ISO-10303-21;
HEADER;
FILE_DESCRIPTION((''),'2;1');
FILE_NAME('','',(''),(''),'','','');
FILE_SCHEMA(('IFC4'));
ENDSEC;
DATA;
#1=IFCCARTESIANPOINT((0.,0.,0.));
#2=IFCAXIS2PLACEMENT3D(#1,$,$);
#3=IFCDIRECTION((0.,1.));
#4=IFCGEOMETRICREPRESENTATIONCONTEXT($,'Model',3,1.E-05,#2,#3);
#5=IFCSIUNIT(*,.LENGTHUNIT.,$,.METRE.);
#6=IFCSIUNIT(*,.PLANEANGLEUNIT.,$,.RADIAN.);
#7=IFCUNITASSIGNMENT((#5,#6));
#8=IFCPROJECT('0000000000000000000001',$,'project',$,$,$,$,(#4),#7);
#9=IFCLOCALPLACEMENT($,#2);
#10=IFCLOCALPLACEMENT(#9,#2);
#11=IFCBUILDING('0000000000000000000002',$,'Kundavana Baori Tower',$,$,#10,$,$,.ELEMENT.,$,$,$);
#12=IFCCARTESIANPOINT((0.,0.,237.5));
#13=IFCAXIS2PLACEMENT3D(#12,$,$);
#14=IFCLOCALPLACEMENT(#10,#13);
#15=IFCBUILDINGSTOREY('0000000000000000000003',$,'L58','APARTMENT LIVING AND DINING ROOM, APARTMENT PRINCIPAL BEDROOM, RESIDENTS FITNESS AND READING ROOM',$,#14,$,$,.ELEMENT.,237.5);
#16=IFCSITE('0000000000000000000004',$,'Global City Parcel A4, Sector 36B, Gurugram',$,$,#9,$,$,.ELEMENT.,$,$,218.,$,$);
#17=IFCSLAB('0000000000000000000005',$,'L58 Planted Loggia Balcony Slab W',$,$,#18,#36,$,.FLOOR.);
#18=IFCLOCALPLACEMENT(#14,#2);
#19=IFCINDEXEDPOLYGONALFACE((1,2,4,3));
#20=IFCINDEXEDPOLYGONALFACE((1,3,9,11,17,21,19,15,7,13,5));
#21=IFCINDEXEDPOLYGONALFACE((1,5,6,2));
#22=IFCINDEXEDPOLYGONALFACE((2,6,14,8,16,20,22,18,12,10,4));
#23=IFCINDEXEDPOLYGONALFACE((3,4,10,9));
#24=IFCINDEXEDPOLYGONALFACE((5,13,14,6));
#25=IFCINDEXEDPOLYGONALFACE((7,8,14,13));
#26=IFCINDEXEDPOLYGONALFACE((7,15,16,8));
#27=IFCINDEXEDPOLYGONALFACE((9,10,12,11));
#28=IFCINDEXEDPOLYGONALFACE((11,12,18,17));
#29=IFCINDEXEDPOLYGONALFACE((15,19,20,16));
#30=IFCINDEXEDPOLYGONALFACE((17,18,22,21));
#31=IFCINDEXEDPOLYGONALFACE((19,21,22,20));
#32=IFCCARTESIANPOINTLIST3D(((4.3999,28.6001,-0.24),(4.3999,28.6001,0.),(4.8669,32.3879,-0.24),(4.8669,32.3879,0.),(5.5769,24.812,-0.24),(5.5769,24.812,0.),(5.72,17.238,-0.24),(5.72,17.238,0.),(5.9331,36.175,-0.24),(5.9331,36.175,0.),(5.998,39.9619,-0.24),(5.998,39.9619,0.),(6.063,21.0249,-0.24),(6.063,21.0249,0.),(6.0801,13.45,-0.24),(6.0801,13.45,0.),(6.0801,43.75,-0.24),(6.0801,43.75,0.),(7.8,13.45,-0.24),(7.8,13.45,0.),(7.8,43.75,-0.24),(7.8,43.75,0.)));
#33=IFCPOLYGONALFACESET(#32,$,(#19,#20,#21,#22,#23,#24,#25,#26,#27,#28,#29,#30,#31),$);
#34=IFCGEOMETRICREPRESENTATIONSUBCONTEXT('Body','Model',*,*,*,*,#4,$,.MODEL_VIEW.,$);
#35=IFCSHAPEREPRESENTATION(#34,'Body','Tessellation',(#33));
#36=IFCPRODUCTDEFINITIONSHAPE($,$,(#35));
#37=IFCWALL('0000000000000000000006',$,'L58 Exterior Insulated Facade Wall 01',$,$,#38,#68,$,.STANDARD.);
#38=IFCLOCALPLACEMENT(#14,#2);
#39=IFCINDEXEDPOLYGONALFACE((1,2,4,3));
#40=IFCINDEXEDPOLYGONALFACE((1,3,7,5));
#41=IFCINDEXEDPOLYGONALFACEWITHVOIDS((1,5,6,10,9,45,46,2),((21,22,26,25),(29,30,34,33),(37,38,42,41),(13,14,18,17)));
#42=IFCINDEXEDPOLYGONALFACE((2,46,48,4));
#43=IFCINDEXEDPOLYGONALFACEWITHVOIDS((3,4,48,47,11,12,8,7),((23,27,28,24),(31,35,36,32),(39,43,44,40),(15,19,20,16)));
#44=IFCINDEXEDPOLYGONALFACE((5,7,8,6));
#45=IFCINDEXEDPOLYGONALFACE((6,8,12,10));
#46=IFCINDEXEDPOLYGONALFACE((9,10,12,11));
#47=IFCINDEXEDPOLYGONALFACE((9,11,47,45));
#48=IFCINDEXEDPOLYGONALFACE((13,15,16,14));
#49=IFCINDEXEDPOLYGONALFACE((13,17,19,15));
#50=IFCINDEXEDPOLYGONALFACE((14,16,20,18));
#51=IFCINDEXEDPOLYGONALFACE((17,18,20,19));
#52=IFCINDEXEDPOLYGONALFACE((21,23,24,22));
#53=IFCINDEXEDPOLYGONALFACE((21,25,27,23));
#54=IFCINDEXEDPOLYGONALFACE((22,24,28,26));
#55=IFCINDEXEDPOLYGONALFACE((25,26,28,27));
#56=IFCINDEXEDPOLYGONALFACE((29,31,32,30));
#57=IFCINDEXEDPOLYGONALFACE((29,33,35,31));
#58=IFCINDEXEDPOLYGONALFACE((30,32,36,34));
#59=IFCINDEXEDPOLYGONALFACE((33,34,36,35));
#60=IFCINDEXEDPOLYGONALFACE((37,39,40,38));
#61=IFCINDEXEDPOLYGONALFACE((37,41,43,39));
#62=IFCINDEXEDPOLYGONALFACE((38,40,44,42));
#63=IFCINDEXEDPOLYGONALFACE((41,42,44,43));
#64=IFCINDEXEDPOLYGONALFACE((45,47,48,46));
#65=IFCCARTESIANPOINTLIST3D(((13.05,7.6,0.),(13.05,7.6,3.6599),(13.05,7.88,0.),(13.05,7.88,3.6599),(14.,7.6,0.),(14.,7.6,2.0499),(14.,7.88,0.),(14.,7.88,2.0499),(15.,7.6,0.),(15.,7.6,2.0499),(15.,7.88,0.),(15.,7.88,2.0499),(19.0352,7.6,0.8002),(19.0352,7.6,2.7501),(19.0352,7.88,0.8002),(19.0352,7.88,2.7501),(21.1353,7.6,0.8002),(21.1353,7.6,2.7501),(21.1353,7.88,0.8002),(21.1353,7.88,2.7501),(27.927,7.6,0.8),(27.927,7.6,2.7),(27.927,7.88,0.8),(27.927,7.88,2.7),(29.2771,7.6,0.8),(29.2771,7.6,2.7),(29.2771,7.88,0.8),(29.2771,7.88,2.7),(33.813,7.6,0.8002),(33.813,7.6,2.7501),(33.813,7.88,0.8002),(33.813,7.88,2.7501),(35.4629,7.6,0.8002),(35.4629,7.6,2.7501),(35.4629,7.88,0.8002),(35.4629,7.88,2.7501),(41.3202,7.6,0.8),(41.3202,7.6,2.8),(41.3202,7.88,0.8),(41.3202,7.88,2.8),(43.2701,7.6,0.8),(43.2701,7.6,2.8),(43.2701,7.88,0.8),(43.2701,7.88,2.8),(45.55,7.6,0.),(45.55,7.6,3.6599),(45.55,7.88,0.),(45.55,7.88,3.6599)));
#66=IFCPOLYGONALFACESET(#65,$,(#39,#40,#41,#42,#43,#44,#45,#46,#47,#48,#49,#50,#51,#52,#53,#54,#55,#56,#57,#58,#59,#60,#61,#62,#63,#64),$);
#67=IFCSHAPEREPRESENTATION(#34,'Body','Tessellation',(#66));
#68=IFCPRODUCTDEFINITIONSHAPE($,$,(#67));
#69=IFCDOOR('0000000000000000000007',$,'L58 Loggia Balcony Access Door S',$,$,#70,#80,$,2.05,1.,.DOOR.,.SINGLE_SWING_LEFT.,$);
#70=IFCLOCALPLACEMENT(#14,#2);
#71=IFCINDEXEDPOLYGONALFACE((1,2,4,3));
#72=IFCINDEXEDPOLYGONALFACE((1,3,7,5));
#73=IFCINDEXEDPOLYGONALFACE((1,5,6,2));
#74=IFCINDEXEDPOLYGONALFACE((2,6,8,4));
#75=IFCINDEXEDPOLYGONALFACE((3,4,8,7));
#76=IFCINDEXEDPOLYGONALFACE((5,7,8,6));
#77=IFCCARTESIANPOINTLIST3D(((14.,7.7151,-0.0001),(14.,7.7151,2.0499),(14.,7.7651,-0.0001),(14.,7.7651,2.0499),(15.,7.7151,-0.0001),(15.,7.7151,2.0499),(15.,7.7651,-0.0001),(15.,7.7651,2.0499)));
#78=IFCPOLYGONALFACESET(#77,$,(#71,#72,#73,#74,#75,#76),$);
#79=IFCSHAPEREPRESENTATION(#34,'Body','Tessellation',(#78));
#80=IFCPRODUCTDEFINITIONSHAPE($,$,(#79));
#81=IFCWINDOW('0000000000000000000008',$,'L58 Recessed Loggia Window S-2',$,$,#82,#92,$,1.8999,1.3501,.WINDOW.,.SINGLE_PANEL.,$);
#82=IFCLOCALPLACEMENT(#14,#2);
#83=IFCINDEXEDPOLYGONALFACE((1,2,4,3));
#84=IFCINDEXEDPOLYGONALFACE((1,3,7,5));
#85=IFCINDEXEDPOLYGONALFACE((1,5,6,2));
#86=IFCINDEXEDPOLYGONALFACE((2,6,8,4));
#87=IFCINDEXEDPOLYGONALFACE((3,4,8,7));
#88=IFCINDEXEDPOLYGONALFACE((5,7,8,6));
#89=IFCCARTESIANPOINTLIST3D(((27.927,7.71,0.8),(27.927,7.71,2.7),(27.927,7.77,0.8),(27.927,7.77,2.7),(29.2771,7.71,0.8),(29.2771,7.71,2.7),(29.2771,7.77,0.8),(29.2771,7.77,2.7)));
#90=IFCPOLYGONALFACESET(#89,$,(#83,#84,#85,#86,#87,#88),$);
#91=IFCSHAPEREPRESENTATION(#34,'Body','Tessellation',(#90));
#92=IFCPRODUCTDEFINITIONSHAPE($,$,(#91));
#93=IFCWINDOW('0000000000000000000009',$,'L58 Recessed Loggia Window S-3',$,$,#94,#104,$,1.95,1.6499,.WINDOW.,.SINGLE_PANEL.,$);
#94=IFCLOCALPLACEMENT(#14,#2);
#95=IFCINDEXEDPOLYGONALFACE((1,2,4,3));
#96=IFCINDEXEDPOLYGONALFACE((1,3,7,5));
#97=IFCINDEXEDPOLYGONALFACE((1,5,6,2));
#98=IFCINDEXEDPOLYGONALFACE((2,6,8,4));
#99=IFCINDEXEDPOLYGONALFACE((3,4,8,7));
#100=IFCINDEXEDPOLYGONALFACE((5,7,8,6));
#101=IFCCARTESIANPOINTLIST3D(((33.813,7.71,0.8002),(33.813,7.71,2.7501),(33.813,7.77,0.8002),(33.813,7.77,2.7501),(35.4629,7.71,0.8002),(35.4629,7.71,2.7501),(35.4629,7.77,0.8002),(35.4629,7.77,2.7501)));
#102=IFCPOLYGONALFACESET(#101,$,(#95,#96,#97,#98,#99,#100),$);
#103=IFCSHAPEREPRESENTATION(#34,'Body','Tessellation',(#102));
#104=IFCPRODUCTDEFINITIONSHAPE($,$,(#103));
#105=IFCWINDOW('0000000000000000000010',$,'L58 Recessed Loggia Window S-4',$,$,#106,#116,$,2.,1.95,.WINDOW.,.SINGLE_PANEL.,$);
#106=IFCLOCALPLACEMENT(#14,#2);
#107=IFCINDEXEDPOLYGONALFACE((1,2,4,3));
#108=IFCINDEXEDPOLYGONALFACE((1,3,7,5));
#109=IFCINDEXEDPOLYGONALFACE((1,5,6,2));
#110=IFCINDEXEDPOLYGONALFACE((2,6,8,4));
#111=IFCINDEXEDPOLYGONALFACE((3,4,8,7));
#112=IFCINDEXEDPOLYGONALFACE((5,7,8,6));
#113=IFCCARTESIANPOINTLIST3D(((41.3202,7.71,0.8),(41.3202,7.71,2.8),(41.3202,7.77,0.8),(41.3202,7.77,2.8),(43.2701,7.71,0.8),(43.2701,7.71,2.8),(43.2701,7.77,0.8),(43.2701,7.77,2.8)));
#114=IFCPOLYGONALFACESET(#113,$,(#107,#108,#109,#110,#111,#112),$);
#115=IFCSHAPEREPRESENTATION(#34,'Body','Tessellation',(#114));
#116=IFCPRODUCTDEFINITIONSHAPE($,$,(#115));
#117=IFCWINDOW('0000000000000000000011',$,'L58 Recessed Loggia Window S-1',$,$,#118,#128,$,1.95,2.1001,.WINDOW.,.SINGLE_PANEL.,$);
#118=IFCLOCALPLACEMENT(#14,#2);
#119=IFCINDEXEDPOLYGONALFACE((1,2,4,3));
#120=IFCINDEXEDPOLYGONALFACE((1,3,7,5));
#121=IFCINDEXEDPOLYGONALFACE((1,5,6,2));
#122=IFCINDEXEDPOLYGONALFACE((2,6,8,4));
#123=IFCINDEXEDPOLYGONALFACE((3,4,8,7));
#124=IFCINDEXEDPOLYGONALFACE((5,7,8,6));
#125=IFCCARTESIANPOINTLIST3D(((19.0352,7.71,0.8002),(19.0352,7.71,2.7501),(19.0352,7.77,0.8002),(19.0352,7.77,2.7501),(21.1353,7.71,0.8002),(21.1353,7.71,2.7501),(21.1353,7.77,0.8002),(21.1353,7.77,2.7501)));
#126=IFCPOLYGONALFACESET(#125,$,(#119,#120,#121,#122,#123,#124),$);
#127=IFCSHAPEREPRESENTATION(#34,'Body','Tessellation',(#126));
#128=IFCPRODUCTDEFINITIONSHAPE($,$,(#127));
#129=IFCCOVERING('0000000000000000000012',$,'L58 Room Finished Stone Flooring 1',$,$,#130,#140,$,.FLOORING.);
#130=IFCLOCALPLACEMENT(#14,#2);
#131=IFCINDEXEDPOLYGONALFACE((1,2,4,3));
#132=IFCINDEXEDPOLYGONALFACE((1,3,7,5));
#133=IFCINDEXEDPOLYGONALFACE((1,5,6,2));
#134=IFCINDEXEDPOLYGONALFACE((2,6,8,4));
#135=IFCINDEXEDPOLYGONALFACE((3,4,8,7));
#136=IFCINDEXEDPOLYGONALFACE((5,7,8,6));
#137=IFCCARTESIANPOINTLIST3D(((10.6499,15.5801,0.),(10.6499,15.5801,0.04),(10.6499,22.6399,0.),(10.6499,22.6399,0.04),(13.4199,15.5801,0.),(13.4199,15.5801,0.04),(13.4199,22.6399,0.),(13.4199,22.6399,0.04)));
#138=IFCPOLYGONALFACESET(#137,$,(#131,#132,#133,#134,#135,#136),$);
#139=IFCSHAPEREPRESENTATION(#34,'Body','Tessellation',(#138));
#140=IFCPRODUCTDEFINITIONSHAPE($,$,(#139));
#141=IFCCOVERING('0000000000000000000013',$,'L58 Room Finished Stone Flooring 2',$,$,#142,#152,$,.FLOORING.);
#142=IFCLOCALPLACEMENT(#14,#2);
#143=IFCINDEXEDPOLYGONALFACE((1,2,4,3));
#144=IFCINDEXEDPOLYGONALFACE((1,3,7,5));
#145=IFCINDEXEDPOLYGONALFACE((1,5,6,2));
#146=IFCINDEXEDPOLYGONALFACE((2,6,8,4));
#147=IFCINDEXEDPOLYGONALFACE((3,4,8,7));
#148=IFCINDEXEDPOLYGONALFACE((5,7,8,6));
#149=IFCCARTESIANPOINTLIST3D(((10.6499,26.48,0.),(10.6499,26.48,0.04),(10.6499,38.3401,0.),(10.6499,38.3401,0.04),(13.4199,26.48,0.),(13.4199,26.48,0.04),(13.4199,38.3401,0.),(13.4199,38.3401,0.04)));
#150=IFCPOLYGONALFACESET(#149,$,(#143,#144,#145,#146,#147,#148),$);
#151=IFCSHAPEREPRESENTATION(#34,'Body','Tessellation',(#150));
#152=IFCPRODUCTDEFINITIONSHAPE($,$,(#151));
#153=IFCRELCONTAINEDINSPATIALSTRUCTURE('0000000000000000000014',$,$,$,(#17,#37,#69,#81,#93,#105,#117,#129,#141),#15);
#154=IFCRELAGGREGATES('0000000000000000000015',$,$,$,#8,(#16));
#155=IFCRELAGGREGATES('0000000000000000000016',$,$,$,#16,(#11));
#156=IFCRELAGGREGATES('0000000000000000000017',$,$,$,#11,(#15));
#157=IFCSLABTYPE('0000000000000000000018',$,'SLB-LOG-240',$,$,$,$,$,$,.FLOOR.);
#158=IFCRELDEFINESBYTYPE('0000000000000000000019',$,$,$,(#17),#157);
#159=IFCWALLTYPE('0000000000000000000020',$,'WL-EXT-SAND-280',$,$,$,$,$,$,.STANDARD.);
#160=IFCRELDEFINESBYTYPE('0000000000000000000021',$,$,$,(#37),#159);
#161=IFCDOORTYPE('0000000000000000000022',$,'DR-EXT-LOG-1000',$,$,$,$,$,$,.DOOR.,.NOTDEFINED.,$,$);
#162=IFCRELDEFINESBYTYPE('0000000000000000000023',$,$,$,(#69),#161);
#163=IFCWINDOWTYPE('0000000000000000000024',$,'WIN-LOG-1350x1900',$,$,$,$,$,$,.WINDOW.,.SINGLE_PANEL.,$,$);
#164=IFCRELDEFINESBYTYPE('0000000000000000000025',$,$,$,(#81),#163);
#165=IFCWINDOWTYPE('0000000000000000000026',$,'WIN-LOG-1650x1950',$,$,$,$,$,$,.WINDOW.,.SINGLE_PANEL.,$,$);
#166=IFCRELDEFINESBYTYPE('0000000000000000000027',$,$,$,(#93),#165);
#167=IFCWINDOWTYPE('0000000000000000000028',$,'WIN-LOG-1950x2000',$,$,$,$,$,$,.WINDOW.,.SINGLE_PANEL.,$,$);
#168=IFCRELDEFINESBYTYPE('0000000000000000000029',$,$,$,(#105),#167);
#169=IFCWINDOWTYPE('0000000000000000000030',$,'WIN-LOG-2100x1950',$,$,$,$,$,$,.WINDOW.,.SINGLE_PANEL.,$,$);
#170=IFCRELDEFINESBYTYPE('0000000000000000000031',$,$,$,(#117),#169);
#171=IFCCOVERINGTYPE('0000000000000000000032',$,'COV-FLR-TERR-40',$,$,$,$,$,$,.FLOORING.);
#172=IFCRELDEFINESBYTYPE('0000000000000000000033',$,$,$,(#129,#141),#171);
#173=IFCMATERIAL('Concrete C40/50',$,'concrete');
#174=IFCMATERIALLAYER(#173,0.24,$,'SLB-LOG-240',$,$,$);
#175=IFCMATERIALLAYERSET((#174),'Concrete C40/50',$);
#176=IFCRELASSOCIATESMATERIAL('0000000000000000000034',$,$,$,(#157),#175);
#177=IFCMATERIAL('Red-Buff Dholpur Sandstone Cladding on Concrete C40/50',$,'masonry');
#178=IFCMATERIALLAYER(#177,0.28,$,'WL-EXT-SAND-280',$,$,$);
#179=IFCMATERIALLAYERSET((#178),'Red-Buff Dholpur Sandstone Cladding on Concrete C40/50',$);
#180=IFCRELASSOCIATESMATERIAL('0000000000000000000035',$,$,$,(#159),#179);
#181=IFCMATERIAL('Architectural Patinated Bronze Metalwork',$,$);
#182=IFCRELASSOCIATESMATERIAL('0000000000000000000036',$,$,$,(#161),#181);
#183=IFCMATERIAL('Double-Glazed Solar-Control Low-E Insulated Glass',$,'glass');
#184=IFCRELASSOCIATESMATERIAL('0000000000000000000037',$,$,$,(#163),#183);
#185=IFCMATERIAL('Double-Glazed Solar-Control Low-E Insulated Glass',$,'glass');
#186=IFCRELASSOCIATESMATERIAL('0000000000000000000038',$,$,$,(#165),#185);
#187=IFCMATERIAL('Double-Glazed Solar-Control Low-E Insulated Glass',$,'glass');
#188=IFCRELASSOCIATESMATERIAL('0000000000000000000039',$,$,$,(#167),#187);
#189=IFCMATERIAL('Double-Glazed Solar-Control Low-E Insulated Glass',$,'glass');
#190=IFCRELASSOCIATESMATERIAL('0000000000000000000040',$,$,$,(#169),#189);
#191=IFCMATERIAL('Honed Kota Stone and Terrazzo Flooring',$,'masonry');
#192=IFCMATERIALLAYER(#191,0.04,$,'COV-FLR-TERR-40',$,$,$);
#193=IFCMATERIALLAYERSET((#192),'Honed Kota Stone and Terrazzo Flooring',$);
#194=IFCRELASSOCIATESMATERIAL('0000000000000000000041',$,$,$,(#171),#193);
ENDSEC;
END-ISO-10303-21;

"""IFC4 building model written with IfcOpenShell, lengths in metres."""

from ifc_helpers import new_model, si_unit, direction, frame, frame_2d, origin, place, context, subcontext, project, spatial, polyline, rectangle, outline, extrude, material, layer, layer_set, type_object, element, fill, save


model = new_model("IFC4")

# Units and contexts
model_context = context("Model", 3, precision=1e-05, world=origin(), true_north=direction((0.0, 1.0)))
body_context = subcontext(model_context, "Body", "Model", "MODEL_VIEW")
ifc_project = project(units=[si_unit("LENGTHUNIT", "METRE"), si_unit("PLANEANGLEUNIT", "RADIAN")], contexts=[model_context])

# Site, building, storey
site_placement = place(None, origin())
site = spatial("IfcSite", under=ifc_project, at=site_placement, Name="Global City Parcel A4, Sector 36B, Gurugram", CompositionType="ELEMENT", RefElevation=218.0)
building_placement = place(site_placement, origin())
building = spatial("IfcBuilding", under=site, at=building_placement, Name="Kundavana Baori Tower", CompositionType="ELEMENT")
storey_placement = place(building_placement, frame((0.0, 0.0, 237.5)))
storey = spatial("IfcBuildingStorey", under=building, at=storey_placement, Name="L58", Description="APARTMENT LIVING AND DINING ROOM, APARTMENT PRINCIPAL BEDROOM, RESIDENTS FITNESS AND READING ROOM", CompositionType="ELEMENT", Elevation=237.5)

# Slab
ifc_material_1 = material(Name="Concrete C40/50", Category="concrete")
ifc_layer_1 = layer(ifc_material_1, 0.24, Name="SLB-LOG-240")
ifc_layer_set_1 = layer_set([ifc_layer_1], Name="Concrete C40/50")
slab_type_1 = type_object("IfcSlabType", Name="SLB-LOG-240", PredefinedType="FLOOR", material=ifc_layer_set_1)
slab_1_placement = place(storey_placement, frame((0.0, 0.0, -0.24)))
element("IfcSlab", 1, at=slab_1_placement, inside=storey, type_object=slab_type_1, Name="L58 Planted Loggia Balcony Slab W", PredefinedType="FLOOR", context=body_context, shape_type="SweptSolid", body=[
    extrude(outline(polyline([(7.8, 43.75), (7.8, 13.45), (6.0801, 13.45), (5.72, 17.238), (6.063, 21.0249), (5.5769, 24.812), (4.3999, 28.6001), (4.8669, 32.3879), (5.9331, 36.175), (5.998, 39.9619), (6.0801, 43.75), (7.8, 43.75)])), origin(), (0.0, 0.0, 1.0), 0.24),
])

# Wall, openings, door, windows
ifc_material_2 = material(Name="Red-Buff Dholpur Sandstone Cladding on Concrete C40/50", Category="masonry")
ifc_layer_2 = layer(ifc_material_2, 0.28, Name="WL-EXT-SAND-280")
ifc_layer_set_2 = layer_set([ifc_layer_2], Name="Red-Buff Dholpur Sandstone Cladding on Concrete C40/50")
wall_type = type_object("IfcWallType", Name="WL-EXT-SAND-280", PredefinedType="STANDARD", material=ifc_layer_set_2)
wall_placement = place(storey_placement, frame((13.05, 7.74, 0.0), z_axis=(0.0, 0.0, 1.0), x_axis=(1.0, 0.0, 0.0)))
wall = element("IfcWall", 2, at=wall_placement, inside=storey, type_object=wall_type, Name="L58 Exterior Insulated Facade Wall 01", PredefinedType="STANDARD", context=body_context, shape_type="SweptSolid", body=[
    extrude(rectangle(XDim=32.5, YDim=0.28, at=frame_2d((16.25, 0.0))), origin(), (0.0, 0.0, 1.0), 3.6599),
])
opening_1_placement = place(wall_placement, frame((0.95, 0.0, 0.0)))
opening_1 = element("IfcOpeningElement", 3, at=opening_1_placement, cuts=wall, PredefinedType="OPENING", context=body_context, shape_type="SweptSolid", body=[
    extrude(rectangle(XDim=1.0, YDim=2.05, at=frame_2d((0.5, 1.0249))), frame((0.0, 0.1499, 0.0), z_axis=(0.0, -1.0, 0.0), x_axis=(1.0, 0.0, 0.0)), (0.0, 0.0, 1.0), 0.3),
])
opening_2_placement = place(wall_placement, frame((5.9851, 0.0, 0.8)))
opening_2 = element("IfcOpeningElement", 4, at=opening_2_placement, cuts=wall, PredefinedType="OPENING", context=body_context, shape_type="SweptSolid", body=[
    extrude(rectangle(XDim=2.1001, YDim=1.95, at=frame_2d((1.05, 0.9751))), frame((0.0, 0.1499, 0.0), z_axis=(0.0, -1.0, 0.0), x_axis=(1.0, 0.0, 0.0)), (0.0, 0.0, 1.0), 0.3),
])
opening_3_placement = place(wall_placement, frame((14.877, 0.0, 0.8)))
opening_3 = element("IfcOpeningElement", 5, at=opening_3_placement, cuts=wall, PredefinedType="OPENING", context=body_context, shape_type="SweptSolid", body=[
    extrude(rectangle(XDim=1.3501, YDim=1.8999, at=frame_2d((0.675, 0.95))), frame((0.0, 0.1499, 0.0), z_axis=(0.0, -1.0, 0.0), x_axis=(1.0, 0.0, 0.0)), (0.0, 0.0, 1.0), 0.3),
])
opening_4_placement = place(wall_placement, frame((20.7629, 0.0, 0.8)))
opening_4 = element("IfcOpeningElement", 6, at=opening_4_placement, cuts=wall, PredefinedType="OPENING", context=body_context, shape_type="SweptSolid", body=[
    extrude(rectangle(XDim=1.6499, YDim=1.95, at=frame_2d((0.825, 0.9751))), frame((0.0, 0.1499, 0.0), z_axis=(0.0, -1.0, 0.0), x_axis=(1.0, 0.0, 0.0)), (0.0, 0.0, 1.0), 0.3),
])
opening_5_placement = place(wall_placement, frame((28.27, 0.0, 0.8)))
opening_5 = element("IfcOpeningElement", 7, at=opening_5_placement, cuts=wall, PredefinedType="OPENING", context=body_context, shape_type="SweptSolid", body=[
    extrude(rectangle(XDim=1.95, YDim=2.0, at=frame_2d((0.9751, 1.0))), frame((0.0, 0.1499, 0.0), z_axis=(0.0, -1.0, 0.0), x_axis=(1.0, 0.0, 0.0)), (0.0, 0.0, 1.0), 0.3),
])
ifc_material_3 = material(Name="Architectural Patinated Bronze Metalwork")
door_type = type_object("IfcDoorType", Name="DR-EXT-LOG-1000", OperationType="NOTDEFINED", PredefinedType="DOOR", material=ifc_material_3)
door_placement = place(opening_1_placement, frame((1.0, 0.0, 0.0), z_axis=(0.0, 0.0, 1.0), x_axis=(-1.0, 0.0, 0.0)))
door = element("IfcDoor", 8, at=door_placement, inside=storey, type_object=door_type, Name="L58 Loggia Balcony Access Door S", OperationType="SINGLE_SWING_LEFT", OverallHeight=2.05, OverallWidth=1.0, PredefinedType="DOOR", context=body_context, shape_type="SweptSolid", body=[
    extrude(rectangle(XDim=1.0, YDim=2.05, at=frame_2d((0.5, 1.0249))), frame((0.0, 0.0249, 0.0), z_axis=(0.0, -1.0, 0.0), x_axis=(1.0, 0.0, 0.0)), (0.0, 0.0, 1.0), 0.05),
])
fill(opening_1, door)
ifc_material_4 = material(Name="Double-Glazed Solar-Control Low-E Insulated Glass", Category="glass")
window_type_1 = type_object("IfcWindowType", Name="WIN-LOG-1350x1900", PartitioningType="SINGLE_PANEL", PredefinedType="WINDOW", material=ifc_material_4)
window_1_placement = place(opening_3_placement, origin())
window_1 = element("IfcWindow", 9, at=window_1_placement, inside=storey, type_object=window_type_1, Name="L58 Recessed Loggia Window S-2", OverallHeight=1.8999, OverallWidth=1.3501, PartitioningType="SINGLE_PANEL", PredefinedType="WINDOW", context=body_context, shape_type="SweptSolid", body=[
    extrude(rectangle(XDim=1.3501, YDim=1.8999, at=frame_2d((0.675, 0.95))), frame((0.0, 0.03, 0.0), z_axis=(0.0, -1.0, 0.0), x_axis=(1.0, 0.0, 0.0)), (0.0, 0.0, 1.0), 0.0601),
])
fill(opening_3, window_1)
ifc_material_5 = material(Name="Double-Glazed Solar-Control Low-E Insulated Glass", Category="glass")
window_type_2 = type_object("IfcWindowType", Name="WIN-LOG-1650x1950", PartitioningType="SINGLE_PANEL", PredefinedType="WINDOW", material=ifc_material_5)
window_2_placement = place(opening_4_placement, origin())
window_2 = element("IfcWindow", 10, at=window_2_placement, inside=storey, type_object=window_type_2, Name="L58 Recessed Loggia Window S-3", OverallHeight=1.95, OverallWidth=1.6499, PartitioningType="SINGLE_PANEL", PredefinedType="WINDOW", context=body_context, shape_type="SweptSolid", body=[
    extrude(rectangle(XDim=1.6499, YDim=1.95, at=frame_2d((0.825, 0.9751))), frame((0.0, 0.03, 0.0), z_axis=(0.0, -1.0, 0.0), x_axis=(1.0, 0.0, 0.0)), (0.0, 0.0, 1.0), 0.0601),
])
fill(opening_4, window_2)
ifc_material_6 = material(Name="Double-Glazed Solar-Control Low-E Insulated Glass", Category="glass")
window_type_3 = type_object("IfcWindowType", Name="WIN-LOG-1950x2000", PartitioningType="SINGLE_PANEL", PredefinedType="WINDOW", material=ifc_material_6)
window_3_placement = place(opening_5_placement, origin())
window_3 = element("IfcWindow", 11, at=window_3_placement, inside=storey, type_object=window_type_3, Name="L58 Recessed Loggia Window S-4", OverallHeight=2.0, OverallWidth=1.95, PartitioningType="SINGLE_PANEL", PredefinedType="WINDOW", context=body_context, shape_type="SweptSolid", body=[
    extrude(rectangle(XDim=1.95, YDim=2.0, at=frame_2d((0.9751, 1.0))), frame((0.0, 0.03, 0.0), z_axis=(0.0, -1.0, 0.0), x_axis=(1.0, 0.0, 0.0)), (0.0, 0.0, 1.0), 0.0601),
])
fill(opening_5, window_3)
ifc_material_7 = material(Name="Double-Glazed Solar-Control Low-E Insulated Glass", Category="glass")
window_type_4 = type_object("IfcWindowType", Name="WIN-LOG-2100x1950", PartitioningType="SINGLE_PANEL", PredefinedType="WINDOW", material=ifc_material_7)
window_4_placement = place(opening_2_placement, origin())
window_4 = element("IfcWindow", 12, at=window_4_placement, inside=storey, type_object=window_type_4, Name="L58 Recessed Loggia Window S-1", OverallHeight=1.95, OverallWidth=2.1001, PartitioningType="SINGLE_PANEL", PredefinedType="WINDOW", context=body_context, shape_type="SweptSolid", body=[
    extrude(rectangle(XDim=2.1001, YDim=1.95, at=frame_2d((1.05, 0.9751))), frame((0.0, 0.03, 0.0), z_axis=(0.0, -1.0, 0.0), x_axis=(1.0, 0.0, 0.0)), (0.0, 0.0, 1.0), 0.0601),
])
fill(opening_2, window_4)

# Coverings
ifc_material_8 = material(Name="Honed Kota Stone and Terrazzo Flooring", Category="masonry")
ifc_layer_3 = layer(ifc_material_8, 0.04, Name="COV-FLR-TERR-40")
ifc_layer_set_3 = layer_set([ifc_layer_3], Name="Honed Kota Stone and Terrazzo Flooring")
covering_type_1 = type_object("IfcCoveringType", Name="COV-FLR-TERR-40", PredefinedType="FLOORING", material=ifc_layer_set_3)
covering_1_placement = place(storey_placement, origin())
element("IfcCovering", 13, at=covering_1_placement, inside=storey, type_object=covering_type_1, Name="L58 Room Finished Stone Flooring 1", PredefinedType="FLOORING", context=body_context, shape_type="SweptSolid", body=[
    extrude(outline(polyline([(10.6499, 15.5801), (13.4199, 15.5801), (13.4199, 22.6399), (10.6499, 22.6399), (10.6499, 15.5801)])), origin(), (0.0, 0.0, 1.0), 0.04),
])
covering_2_placement = place(storey_placement, origin())
element("IfcCovering", 14, at=covering_2_placement, inside=storey, type_object=covering_type_1, Name="L58 Room Finished Stone Flooring 2", PredefinedType="FLOORING", context=body_context, shape_type="SweptSolid", body=[
    extrude(outline(polyline([(10.6499, 26.48), (13.4199, 26.48), (13.4199, 38.3401), (10.6499, 38.3401), (10.6499, 26.48)])), origin(), (0.0, 0.0, 1.0), 0.04),
])

save(model, "model.ifc")
